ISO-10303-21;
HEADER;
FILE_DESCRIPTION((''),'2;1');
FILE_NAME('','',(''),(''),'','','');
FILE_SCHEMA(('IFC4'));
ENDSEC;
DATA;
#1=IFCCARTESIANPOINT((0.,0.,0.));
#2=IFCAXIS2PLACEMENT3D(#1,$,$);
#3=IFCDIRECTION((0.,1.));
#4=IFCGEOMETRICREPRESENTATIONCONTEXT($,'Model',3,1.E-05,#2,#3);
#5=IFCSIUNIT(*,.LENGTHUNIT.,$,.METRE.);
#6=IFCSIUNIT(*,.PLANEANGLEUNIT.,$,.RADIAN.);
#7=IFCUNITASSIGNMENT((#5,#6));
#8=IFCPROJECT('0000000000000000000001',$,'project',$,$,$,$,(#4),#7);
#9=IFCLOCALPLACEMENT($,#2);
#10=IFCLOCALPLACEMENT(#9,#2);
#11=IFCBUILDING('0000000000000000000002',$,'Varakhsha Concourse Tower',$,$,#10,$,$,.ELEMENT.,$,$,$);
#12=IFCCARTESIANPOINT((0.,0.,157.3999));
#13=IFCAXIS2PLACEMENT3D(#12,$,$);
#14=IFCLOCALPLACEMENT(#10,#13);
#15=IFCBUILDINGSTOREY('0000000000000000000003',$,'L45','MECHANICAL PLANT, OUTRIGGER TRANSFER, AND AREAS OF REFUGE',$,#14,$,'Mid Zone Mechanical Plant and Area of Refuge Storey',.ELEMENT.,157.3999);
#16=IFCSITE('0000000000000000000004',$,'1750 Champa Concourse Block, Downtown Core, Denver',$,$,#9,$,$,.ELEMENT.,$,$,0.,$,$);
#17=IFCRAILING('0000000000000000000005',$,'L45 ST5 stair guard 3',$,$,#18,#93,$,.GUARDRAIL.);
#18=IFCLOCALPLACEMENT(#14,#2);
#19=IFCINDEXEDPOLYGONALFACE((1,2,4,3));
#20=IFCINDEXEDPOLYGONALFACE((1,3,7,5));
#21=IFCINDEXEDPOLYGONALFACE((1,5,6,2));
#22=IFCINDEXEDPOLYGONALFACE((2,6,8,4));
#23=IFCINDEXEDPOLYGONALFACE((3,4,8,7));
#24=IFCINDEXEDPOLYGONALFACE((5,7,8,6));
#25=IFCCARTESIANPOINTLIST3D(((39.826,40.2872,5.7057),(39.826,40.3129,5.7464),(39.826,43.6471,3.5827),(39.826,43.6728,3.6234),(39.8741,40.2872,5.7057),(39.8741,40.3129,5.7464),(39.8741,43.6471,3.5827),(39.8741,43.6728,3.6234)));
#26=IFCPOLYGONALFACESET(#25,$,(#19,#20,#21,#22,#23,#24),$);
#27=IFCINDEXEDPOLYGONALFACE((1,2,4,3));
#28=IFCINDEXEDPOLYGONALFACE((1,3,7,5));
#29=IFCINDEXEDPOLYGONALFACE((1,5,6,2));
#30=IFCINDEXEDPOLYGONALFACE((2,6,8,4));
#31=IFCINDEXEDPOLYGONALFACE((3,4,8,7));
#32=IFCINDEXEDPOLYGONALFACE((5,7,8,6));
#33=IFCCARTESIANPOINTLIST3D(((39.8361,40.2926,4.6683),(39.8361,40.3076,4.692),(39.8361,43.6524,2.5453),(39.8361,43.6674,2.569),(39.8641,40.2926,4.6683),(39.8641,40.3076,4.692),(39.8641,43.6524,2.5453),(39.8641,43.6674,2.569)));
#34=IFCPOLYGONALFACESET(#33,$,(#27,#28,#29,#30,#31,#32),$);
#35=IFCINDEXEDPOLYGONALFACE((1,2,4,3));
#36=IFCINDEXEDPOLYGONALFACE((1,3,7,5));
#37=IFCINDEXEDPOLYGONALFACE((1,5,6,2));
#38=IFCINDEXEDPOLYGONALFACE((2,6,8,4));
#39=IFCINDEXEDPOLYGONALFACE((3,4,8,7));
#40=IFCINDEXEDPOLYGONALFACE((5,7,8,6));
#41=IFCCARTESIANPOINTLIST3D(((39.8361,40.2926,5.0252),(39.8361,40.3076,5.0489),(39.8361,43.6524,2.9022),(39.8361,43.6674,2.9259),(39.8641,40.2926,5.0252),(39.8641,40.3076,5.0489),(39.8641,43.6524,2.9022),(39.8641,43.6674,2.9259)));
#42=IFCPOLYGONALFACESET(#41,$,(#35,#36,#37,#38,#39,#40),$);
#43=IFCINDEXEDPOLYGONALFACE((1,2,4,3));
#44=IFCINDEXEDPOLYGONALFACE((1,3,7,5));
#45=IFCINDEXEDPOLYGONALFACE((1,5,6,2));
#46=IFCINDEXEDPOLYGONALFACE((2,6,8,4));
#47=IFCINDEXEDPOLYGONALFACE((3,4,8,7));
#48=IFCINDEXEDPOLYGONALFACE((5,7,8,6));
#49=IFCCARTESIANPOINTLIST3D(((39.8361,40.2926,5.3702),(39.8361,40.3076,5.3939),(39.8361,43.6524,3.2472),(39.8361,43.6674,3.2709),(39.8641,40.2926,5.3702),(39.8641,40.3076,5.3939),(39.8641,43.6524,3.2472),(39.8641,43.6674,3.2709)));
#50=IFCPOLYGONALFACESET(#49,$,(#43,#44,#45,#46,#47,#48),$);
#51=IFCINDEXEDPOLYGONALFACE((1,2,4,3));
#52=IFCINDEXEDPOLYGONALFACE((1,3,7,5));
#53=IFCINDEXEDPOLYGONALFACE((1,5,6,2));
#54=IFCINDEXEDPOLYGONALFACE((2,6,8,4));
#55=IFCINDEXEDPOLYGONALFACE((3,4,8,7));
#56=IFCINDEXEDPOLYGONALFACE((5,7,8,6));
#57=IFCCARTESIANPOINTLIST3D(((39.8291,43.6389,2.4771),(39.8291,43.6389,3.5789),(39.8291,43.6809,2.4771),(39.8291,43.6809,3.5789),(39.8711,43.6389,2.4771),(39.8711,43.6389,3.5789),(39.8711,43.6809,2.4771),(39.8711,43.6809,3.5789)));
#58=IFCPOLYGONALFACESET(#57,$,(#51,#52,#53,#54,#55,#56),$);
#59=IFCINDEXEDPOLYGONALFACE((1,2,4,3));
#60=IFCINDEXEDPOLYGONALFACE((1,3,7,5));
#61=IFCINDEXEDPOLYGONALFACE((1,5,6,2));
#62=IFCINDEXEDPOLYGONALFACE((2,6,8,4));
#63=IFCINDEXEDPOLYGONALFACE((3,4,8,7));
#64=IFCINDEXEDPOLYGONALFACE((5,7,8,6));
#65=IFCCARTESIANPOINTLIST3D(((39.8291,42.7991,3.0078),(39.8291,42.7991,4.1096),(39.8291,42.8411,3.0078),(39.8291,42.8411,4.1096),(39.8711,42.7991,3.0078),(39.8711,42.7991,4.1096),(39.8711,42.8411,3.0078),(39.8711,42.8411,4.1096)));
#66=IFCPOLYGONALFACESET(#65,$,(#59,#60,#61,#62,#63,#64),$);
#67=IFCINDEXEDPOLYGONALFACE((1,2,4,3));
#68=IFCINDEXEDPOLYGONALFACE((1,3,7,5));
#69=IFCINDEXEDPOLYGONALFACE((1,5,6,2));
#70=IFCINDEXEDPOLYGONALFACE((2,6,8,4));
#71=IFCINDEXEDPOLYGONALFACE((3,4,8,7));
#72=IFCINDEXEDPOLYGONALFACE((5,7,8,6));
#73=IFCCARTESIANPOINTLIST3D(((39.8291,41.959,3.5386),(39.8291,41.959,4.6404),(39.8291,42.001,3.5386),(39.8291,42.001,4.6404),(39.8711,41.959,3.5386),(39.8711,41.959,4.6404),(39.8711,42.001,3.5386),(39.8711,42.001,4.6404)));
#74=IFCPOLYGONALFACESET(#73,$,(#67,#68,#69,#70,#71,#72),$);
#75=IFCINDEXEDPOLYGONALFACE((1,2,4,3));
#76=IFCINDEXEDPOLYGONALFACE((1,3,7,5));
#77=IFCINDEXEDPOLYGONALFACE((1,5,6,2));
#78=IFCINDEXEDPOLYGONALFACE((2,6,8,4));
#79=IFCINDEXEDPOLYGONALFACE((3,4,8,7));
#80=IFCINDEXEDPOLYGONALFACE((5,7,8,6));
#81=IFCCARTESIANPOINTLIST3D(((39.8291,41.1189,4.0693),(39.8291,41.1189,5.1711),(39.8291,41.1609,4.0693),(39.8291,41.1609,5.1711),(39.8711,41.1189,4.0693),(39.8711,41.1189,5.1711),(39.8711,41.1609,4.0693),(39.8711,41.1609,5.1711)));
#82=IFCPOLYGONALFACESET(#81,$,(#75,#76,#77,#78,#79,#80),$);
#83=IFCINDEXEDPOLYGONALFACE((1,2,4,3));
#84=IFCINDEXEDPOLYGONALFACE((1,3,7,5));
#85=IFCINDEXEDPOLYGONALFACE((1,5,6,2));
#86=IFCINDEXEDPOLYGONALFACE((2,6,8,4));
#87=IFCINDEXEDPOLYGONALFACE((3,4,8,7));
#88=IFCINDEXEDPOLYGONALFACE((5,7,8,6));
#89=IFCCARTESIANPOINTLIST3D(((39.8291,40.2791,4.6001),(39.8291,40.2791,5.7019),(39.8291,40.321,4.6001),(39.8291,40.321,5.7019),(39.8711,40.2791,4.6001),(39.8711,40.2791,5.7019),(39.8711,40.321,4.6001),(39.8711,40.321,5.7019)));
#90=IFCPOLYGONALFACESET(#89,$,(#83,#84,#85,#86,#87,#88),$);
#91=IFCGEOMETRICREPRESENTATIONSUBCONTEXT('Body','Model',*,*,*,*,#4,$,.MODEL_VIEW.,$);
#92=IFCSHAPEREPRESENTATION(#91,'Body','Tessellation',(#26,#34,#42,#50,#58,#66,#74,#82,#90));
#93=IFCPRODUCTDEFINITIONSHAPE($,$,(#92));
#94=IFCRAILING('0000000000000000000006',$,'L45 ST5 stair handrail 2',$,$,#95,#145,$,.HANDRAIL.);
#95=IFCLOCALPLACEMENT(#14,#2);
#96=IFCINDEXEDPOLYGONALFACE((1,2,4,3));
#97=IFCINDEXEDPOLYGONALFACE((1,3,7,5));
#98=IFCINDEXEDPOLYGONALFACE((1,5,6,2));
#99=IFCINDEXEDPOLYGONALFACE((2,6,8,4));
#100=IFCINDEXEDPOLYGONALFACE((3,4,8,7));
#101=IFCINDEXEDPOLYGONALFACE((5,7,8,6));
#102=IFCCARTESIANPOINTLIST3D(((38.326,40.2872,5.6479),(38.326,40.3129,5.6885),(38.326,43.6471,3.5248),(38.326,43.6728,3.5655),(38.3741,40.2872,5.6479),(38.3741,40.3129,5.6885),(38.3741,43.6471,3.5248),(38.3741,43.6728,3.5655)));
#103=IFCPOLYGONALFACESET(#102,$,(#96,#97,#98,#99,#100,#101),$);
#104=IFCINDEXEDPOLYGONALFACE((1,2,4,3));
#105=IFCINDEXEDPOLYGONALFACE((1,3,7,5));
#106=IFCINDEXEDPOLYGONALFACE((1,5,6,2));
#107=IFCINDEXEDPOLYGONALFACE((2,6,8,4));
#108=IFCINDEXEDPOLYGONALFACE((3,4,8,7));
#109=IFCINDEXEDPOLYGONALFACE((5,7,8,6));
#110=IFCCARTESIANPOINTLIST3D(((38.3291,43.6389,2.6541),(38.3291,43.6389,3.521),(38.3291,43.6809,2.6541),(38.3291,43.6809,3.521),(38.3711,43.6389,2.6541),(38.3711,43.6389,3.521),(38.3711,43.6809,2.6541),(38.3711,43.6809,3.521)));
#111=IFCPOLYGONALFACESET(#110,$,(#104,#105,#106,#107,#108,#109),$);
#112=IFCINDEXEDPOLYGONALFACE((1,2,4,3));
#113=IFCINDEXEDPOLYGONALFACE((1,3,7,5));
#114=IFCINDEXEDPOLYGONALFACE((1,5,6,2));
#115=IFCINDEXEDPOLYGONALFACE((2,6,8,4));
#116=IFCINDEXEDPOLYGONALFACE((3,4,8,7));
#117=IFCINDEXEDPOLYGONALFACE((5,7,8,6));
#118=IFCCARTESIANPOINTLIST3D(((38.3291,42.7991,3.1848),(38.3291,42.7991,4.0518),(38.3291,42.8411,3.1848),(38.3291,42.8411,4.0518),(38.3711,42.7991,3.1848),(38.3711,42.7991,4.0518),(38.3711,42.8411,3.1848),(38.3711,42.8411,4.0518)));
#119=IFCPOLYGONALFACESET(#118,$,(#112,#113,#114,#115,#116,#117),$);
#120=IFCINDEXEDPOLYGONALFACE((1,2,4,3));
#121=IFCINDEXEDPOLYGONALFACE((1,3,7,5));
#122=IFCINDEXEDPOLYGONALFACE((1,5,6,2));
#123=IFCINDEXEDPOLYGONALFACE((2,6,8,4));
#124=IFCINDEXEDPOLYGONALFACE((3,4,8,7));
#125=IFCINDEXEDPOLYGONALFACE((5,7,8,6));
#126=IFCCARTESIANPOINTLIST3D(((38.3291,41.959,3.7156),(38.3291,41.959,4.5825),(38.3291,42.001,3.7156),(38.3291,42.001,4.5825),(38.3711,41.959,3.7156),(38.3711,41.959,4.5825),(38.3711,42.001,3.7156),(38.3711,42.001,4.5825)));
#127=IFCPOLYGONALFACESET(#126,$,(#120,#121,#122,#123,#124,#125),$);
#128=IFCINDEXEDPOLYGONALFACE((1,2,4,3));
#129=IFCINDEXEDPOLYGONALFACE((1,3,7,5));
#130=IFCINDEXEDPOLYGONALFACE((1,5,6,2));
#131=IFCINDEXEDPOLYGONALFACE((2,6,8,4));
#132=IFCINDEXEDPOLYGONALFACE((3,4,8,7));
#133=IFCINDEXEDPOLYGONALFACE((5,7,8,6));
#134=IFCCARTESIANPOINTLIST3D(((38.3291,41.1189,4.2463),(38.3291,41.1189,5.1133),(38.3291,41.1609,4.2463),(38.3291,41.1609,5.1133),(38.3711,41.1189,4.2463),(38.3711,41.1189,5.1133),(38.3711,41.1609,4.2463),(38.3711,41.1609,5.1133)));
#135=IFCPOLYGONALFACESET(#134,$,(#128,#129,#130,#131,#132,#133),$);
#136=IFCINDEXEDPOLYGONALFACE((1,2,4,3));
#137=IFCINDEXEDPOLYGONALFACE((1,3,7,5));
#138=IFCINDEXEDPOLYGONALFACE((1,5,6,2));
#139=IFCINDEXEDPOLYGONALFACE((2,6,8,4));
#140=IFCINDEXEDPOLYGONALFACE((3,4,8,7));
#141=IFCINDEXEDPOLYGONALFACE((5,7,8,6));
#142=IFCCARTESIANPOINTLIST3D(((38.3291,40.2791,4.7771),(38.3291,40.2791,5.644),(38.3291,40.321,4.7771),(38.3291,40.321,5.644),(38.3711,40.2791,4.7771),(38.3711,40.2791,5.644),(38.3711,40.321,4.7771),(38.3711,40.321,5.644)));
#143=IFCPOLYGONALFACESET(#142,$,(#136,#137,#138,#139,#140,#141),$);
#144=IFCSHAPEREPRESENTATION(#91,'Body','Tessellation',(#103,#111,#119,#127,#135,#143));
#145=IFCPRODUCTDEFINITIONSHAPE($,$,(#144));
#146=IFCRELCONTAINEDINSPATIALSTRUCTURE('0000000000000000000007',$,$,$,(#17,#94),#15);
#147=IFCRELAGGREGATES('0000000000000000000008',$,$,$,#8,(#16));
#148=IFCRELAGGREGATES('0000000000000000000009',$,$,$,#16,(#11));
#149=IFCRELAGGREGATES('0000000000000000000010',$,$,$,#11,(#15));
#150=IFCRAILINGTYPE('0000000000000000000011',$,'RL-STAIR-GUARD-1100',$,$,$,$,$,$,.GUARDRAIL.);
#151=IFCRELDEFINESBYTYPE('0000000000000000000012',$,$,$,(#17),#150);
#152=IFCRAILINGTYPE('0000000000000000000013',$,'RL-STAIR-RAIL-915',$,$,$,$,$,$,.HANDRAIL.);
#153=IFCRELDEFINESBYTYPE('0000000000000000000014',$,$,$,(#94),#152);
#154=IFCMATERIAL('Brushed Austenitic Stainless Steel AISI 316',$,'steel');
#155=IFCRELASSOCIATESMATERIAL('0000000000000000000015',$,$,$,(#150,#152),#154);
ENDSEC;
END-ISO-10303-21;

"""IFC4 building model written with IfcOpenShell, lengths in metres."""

from ifc_helpers import new_model, si_unit, direction, frame, origin, origin_2d, place, context, subcontext, project, spatial, rectangle, extrude, material, type_object, element, save


model = new_model("IFC4")

# Units and contexts
model_context = context("Model", 3, precision=1e-05, world=origin(), true_north=direction((0.0, 1.0)))
body_context = subcontext(model_context, "Body", "Model", "MODEL_VIEW")
ifc_project = project(units=[si_unit("LENGTHUNIT", "METRE"), si_unit("PLANEANGLEUNIT", "RADIAN")], contexts=[model_context])

# Site, building, storey
site_placement = place(None, origin())
site = spatial("IfcSite", under=ifc_project, at=site_placement, Name="1750 Champa Concourse Block, Downtown Core, Denver", CompositionType="ELEMENT", RefElevation=0.0)
building_placement = place(site_placement, origin())
building = spatial("IfcBuilding", under=site, at=building_placement, Name="Varakhsha Concourse Tower", CompositionType="ELEMENT")
storey_placement = place(building_placement, frame((0.0, 0.0, 157.3999)))
storey = spatial("IfcBuildingStorey", under=building, at=storey_placement, Name="L45", Description="MECHANICAL PLANT, OUTRIGGER TRANSFER, AND AREAS OF REFUGE", LongName="Mid Zone Mechanical Plant and Area of Refuge Storey", CompositionType="ELEMENT", Elevation=157.3999)

# Railings
ifc_material_1 = material(Name="Brushed Austenitic Stainless Steel AISI 316", Category="steel")
railing_type_1 = type_object("IfcRailingType", Name="RL-STAIR-GUARD-1100", PredefinedType="GUARDRAIL", material=ifc_material_1)
railing_1_placement = place(storey_placement, frame((39.8501, 43.6599, 2.4771)))
element("IfcRailing", 1, at=railing_1_placement, inside=storey, type_object=railing_type_1, Name="L45 ST5 stair guard 3", PredefinedType="GUARDRAIL", context=body_context, shape_type="SweptSolid", body=[
    extrude(rectangle(XDim=0.0481, YDim=0.0481, at=origin_2d()), frame((0.0, 0.0, 1.126), z_axis=(0.0, -0.845372, 0.534178), x_axis=(1.0, 0.0, 0.0)), (0.0, 0.0, 1.0), 3.9744),
    extrude(rectangle(XDim=0.0281, YDim=0.0281, at=origin_2d()), frame((0.0, 0.0, 0.0801), z_axis=(0.0, -0.845372, 0.534178), x_axis=(1.0, 0.0, 0.0)), (0.0, 0.0, 1.0), 3.9744),
    extrude(rectangle(XDim=0.0281, YDim=0.0281, at=origin_2d()), frame((0.0, 0.0, 0.437), z_axis=(0.0, -0.845372, 0.534178), x_axis=(1.0, 0.0, 0.0)), (0.0, 0.0, 1.0), 3.9744),
    extrude(rectangle(XDim=0.0281, YDim=0.0281, at=origin_2d()), frame((0.0, 0.0, 0.782), z_axis=(0.0, -0.845372, 0.534178), x_axis=(1.0, 0.0, 0.0)), (0.0, 0.0, 1.0), 3.9744),
    extrude(rectangle(XDim=0.042, YDim=0.042, at=origin_2d()), origin(), (0.0, 0.0, 1.0), 1.1018),
    extrude(rectangle(XDim=0.042, YDim=0.042, at=origin_2d()), frame((0.0, -0.8398, 0.5308)), (0.0, 0.0, 1.0), 1.1018),
    extrude(rectangle(XDim=0.042, YDim=0.042, at=origin_2d()), frame((0.0, -1.6799, 1.0615)), (0.0, 0.0, 1.0), 1.1018),
    extrude(rectangle(XDim=0.042, YDim=0.042, at=origin_2d()), frame((0.0, -2.52, 1.5923)), (0.0, 0.0, 1.0), 1.1018),
    extrude(rectangle(XDim=0.042, YDim=0.042, at=origin_2d()), frame((0.0, -3.3599, 2.123)), (0.0, 0.0, 1.0), 1.1018),
])
railing_type_2 = type_object("IfcRailingType", Name="RL-STAIR-RAIL-915", PredefinedType="HANDRAIL", material=ifc_material_1)
railing_2_placement = place(storey_placement, frame((38.3501, 43.6599, 2.6541)))
element("IfcRailing", 2, at=railing_2_placement, inside=storey, type_object=railing_type_2, Name="L45 ST5 stair handrail 2", PredefinedType="HANDRAIL", context=body_context, shape_type="SweptSolid", body=[
    extrude(rectangle(XDim=0.0481, YDim=0.0481, at=origin_2d()), frame((0.0, 0.0, 0.8911), z_axis=(0.0, -0.845372, 0.534178), x_axis=(1.0, 0.0, 0.0)), (0.0, 0.0, 1.0), 3.9744),
    extrude(rectangle(XDim=0.042, YDim=0.042, at=origin_2d()), origin(), (0.0, 0.0, 1.0), 0.8669),
    extrude(rectangle(XDim=0.042, YDim=0.042, at=origin_2d()), frame((0.0, -0.8398, 0.5308)), (0.0, 0.0, 1.0), 0.8669),
    extrude(rectangle(XDim=0.042, YDim=0.042, at=origin_2d()), frame((0.0, -1.6799, 1.0615)), (0.0, 0.0, 1.0), 0.8669),
    extrude(rectangle(XDim=0.042, YDim=0.042, at=origin_2d()), frame((0.0, -2.52, 1.5923)), (0.0, 0.0, 1.0), 0.8669),
    extrude(rectangle(XDim=0.042, YDim=0.042, at=origin_2d()), frame((0.0, -3.3599, 2.123)), (0.0, 0.0, 1.0), 0.8669),
])

save(model, "model.ifc")
